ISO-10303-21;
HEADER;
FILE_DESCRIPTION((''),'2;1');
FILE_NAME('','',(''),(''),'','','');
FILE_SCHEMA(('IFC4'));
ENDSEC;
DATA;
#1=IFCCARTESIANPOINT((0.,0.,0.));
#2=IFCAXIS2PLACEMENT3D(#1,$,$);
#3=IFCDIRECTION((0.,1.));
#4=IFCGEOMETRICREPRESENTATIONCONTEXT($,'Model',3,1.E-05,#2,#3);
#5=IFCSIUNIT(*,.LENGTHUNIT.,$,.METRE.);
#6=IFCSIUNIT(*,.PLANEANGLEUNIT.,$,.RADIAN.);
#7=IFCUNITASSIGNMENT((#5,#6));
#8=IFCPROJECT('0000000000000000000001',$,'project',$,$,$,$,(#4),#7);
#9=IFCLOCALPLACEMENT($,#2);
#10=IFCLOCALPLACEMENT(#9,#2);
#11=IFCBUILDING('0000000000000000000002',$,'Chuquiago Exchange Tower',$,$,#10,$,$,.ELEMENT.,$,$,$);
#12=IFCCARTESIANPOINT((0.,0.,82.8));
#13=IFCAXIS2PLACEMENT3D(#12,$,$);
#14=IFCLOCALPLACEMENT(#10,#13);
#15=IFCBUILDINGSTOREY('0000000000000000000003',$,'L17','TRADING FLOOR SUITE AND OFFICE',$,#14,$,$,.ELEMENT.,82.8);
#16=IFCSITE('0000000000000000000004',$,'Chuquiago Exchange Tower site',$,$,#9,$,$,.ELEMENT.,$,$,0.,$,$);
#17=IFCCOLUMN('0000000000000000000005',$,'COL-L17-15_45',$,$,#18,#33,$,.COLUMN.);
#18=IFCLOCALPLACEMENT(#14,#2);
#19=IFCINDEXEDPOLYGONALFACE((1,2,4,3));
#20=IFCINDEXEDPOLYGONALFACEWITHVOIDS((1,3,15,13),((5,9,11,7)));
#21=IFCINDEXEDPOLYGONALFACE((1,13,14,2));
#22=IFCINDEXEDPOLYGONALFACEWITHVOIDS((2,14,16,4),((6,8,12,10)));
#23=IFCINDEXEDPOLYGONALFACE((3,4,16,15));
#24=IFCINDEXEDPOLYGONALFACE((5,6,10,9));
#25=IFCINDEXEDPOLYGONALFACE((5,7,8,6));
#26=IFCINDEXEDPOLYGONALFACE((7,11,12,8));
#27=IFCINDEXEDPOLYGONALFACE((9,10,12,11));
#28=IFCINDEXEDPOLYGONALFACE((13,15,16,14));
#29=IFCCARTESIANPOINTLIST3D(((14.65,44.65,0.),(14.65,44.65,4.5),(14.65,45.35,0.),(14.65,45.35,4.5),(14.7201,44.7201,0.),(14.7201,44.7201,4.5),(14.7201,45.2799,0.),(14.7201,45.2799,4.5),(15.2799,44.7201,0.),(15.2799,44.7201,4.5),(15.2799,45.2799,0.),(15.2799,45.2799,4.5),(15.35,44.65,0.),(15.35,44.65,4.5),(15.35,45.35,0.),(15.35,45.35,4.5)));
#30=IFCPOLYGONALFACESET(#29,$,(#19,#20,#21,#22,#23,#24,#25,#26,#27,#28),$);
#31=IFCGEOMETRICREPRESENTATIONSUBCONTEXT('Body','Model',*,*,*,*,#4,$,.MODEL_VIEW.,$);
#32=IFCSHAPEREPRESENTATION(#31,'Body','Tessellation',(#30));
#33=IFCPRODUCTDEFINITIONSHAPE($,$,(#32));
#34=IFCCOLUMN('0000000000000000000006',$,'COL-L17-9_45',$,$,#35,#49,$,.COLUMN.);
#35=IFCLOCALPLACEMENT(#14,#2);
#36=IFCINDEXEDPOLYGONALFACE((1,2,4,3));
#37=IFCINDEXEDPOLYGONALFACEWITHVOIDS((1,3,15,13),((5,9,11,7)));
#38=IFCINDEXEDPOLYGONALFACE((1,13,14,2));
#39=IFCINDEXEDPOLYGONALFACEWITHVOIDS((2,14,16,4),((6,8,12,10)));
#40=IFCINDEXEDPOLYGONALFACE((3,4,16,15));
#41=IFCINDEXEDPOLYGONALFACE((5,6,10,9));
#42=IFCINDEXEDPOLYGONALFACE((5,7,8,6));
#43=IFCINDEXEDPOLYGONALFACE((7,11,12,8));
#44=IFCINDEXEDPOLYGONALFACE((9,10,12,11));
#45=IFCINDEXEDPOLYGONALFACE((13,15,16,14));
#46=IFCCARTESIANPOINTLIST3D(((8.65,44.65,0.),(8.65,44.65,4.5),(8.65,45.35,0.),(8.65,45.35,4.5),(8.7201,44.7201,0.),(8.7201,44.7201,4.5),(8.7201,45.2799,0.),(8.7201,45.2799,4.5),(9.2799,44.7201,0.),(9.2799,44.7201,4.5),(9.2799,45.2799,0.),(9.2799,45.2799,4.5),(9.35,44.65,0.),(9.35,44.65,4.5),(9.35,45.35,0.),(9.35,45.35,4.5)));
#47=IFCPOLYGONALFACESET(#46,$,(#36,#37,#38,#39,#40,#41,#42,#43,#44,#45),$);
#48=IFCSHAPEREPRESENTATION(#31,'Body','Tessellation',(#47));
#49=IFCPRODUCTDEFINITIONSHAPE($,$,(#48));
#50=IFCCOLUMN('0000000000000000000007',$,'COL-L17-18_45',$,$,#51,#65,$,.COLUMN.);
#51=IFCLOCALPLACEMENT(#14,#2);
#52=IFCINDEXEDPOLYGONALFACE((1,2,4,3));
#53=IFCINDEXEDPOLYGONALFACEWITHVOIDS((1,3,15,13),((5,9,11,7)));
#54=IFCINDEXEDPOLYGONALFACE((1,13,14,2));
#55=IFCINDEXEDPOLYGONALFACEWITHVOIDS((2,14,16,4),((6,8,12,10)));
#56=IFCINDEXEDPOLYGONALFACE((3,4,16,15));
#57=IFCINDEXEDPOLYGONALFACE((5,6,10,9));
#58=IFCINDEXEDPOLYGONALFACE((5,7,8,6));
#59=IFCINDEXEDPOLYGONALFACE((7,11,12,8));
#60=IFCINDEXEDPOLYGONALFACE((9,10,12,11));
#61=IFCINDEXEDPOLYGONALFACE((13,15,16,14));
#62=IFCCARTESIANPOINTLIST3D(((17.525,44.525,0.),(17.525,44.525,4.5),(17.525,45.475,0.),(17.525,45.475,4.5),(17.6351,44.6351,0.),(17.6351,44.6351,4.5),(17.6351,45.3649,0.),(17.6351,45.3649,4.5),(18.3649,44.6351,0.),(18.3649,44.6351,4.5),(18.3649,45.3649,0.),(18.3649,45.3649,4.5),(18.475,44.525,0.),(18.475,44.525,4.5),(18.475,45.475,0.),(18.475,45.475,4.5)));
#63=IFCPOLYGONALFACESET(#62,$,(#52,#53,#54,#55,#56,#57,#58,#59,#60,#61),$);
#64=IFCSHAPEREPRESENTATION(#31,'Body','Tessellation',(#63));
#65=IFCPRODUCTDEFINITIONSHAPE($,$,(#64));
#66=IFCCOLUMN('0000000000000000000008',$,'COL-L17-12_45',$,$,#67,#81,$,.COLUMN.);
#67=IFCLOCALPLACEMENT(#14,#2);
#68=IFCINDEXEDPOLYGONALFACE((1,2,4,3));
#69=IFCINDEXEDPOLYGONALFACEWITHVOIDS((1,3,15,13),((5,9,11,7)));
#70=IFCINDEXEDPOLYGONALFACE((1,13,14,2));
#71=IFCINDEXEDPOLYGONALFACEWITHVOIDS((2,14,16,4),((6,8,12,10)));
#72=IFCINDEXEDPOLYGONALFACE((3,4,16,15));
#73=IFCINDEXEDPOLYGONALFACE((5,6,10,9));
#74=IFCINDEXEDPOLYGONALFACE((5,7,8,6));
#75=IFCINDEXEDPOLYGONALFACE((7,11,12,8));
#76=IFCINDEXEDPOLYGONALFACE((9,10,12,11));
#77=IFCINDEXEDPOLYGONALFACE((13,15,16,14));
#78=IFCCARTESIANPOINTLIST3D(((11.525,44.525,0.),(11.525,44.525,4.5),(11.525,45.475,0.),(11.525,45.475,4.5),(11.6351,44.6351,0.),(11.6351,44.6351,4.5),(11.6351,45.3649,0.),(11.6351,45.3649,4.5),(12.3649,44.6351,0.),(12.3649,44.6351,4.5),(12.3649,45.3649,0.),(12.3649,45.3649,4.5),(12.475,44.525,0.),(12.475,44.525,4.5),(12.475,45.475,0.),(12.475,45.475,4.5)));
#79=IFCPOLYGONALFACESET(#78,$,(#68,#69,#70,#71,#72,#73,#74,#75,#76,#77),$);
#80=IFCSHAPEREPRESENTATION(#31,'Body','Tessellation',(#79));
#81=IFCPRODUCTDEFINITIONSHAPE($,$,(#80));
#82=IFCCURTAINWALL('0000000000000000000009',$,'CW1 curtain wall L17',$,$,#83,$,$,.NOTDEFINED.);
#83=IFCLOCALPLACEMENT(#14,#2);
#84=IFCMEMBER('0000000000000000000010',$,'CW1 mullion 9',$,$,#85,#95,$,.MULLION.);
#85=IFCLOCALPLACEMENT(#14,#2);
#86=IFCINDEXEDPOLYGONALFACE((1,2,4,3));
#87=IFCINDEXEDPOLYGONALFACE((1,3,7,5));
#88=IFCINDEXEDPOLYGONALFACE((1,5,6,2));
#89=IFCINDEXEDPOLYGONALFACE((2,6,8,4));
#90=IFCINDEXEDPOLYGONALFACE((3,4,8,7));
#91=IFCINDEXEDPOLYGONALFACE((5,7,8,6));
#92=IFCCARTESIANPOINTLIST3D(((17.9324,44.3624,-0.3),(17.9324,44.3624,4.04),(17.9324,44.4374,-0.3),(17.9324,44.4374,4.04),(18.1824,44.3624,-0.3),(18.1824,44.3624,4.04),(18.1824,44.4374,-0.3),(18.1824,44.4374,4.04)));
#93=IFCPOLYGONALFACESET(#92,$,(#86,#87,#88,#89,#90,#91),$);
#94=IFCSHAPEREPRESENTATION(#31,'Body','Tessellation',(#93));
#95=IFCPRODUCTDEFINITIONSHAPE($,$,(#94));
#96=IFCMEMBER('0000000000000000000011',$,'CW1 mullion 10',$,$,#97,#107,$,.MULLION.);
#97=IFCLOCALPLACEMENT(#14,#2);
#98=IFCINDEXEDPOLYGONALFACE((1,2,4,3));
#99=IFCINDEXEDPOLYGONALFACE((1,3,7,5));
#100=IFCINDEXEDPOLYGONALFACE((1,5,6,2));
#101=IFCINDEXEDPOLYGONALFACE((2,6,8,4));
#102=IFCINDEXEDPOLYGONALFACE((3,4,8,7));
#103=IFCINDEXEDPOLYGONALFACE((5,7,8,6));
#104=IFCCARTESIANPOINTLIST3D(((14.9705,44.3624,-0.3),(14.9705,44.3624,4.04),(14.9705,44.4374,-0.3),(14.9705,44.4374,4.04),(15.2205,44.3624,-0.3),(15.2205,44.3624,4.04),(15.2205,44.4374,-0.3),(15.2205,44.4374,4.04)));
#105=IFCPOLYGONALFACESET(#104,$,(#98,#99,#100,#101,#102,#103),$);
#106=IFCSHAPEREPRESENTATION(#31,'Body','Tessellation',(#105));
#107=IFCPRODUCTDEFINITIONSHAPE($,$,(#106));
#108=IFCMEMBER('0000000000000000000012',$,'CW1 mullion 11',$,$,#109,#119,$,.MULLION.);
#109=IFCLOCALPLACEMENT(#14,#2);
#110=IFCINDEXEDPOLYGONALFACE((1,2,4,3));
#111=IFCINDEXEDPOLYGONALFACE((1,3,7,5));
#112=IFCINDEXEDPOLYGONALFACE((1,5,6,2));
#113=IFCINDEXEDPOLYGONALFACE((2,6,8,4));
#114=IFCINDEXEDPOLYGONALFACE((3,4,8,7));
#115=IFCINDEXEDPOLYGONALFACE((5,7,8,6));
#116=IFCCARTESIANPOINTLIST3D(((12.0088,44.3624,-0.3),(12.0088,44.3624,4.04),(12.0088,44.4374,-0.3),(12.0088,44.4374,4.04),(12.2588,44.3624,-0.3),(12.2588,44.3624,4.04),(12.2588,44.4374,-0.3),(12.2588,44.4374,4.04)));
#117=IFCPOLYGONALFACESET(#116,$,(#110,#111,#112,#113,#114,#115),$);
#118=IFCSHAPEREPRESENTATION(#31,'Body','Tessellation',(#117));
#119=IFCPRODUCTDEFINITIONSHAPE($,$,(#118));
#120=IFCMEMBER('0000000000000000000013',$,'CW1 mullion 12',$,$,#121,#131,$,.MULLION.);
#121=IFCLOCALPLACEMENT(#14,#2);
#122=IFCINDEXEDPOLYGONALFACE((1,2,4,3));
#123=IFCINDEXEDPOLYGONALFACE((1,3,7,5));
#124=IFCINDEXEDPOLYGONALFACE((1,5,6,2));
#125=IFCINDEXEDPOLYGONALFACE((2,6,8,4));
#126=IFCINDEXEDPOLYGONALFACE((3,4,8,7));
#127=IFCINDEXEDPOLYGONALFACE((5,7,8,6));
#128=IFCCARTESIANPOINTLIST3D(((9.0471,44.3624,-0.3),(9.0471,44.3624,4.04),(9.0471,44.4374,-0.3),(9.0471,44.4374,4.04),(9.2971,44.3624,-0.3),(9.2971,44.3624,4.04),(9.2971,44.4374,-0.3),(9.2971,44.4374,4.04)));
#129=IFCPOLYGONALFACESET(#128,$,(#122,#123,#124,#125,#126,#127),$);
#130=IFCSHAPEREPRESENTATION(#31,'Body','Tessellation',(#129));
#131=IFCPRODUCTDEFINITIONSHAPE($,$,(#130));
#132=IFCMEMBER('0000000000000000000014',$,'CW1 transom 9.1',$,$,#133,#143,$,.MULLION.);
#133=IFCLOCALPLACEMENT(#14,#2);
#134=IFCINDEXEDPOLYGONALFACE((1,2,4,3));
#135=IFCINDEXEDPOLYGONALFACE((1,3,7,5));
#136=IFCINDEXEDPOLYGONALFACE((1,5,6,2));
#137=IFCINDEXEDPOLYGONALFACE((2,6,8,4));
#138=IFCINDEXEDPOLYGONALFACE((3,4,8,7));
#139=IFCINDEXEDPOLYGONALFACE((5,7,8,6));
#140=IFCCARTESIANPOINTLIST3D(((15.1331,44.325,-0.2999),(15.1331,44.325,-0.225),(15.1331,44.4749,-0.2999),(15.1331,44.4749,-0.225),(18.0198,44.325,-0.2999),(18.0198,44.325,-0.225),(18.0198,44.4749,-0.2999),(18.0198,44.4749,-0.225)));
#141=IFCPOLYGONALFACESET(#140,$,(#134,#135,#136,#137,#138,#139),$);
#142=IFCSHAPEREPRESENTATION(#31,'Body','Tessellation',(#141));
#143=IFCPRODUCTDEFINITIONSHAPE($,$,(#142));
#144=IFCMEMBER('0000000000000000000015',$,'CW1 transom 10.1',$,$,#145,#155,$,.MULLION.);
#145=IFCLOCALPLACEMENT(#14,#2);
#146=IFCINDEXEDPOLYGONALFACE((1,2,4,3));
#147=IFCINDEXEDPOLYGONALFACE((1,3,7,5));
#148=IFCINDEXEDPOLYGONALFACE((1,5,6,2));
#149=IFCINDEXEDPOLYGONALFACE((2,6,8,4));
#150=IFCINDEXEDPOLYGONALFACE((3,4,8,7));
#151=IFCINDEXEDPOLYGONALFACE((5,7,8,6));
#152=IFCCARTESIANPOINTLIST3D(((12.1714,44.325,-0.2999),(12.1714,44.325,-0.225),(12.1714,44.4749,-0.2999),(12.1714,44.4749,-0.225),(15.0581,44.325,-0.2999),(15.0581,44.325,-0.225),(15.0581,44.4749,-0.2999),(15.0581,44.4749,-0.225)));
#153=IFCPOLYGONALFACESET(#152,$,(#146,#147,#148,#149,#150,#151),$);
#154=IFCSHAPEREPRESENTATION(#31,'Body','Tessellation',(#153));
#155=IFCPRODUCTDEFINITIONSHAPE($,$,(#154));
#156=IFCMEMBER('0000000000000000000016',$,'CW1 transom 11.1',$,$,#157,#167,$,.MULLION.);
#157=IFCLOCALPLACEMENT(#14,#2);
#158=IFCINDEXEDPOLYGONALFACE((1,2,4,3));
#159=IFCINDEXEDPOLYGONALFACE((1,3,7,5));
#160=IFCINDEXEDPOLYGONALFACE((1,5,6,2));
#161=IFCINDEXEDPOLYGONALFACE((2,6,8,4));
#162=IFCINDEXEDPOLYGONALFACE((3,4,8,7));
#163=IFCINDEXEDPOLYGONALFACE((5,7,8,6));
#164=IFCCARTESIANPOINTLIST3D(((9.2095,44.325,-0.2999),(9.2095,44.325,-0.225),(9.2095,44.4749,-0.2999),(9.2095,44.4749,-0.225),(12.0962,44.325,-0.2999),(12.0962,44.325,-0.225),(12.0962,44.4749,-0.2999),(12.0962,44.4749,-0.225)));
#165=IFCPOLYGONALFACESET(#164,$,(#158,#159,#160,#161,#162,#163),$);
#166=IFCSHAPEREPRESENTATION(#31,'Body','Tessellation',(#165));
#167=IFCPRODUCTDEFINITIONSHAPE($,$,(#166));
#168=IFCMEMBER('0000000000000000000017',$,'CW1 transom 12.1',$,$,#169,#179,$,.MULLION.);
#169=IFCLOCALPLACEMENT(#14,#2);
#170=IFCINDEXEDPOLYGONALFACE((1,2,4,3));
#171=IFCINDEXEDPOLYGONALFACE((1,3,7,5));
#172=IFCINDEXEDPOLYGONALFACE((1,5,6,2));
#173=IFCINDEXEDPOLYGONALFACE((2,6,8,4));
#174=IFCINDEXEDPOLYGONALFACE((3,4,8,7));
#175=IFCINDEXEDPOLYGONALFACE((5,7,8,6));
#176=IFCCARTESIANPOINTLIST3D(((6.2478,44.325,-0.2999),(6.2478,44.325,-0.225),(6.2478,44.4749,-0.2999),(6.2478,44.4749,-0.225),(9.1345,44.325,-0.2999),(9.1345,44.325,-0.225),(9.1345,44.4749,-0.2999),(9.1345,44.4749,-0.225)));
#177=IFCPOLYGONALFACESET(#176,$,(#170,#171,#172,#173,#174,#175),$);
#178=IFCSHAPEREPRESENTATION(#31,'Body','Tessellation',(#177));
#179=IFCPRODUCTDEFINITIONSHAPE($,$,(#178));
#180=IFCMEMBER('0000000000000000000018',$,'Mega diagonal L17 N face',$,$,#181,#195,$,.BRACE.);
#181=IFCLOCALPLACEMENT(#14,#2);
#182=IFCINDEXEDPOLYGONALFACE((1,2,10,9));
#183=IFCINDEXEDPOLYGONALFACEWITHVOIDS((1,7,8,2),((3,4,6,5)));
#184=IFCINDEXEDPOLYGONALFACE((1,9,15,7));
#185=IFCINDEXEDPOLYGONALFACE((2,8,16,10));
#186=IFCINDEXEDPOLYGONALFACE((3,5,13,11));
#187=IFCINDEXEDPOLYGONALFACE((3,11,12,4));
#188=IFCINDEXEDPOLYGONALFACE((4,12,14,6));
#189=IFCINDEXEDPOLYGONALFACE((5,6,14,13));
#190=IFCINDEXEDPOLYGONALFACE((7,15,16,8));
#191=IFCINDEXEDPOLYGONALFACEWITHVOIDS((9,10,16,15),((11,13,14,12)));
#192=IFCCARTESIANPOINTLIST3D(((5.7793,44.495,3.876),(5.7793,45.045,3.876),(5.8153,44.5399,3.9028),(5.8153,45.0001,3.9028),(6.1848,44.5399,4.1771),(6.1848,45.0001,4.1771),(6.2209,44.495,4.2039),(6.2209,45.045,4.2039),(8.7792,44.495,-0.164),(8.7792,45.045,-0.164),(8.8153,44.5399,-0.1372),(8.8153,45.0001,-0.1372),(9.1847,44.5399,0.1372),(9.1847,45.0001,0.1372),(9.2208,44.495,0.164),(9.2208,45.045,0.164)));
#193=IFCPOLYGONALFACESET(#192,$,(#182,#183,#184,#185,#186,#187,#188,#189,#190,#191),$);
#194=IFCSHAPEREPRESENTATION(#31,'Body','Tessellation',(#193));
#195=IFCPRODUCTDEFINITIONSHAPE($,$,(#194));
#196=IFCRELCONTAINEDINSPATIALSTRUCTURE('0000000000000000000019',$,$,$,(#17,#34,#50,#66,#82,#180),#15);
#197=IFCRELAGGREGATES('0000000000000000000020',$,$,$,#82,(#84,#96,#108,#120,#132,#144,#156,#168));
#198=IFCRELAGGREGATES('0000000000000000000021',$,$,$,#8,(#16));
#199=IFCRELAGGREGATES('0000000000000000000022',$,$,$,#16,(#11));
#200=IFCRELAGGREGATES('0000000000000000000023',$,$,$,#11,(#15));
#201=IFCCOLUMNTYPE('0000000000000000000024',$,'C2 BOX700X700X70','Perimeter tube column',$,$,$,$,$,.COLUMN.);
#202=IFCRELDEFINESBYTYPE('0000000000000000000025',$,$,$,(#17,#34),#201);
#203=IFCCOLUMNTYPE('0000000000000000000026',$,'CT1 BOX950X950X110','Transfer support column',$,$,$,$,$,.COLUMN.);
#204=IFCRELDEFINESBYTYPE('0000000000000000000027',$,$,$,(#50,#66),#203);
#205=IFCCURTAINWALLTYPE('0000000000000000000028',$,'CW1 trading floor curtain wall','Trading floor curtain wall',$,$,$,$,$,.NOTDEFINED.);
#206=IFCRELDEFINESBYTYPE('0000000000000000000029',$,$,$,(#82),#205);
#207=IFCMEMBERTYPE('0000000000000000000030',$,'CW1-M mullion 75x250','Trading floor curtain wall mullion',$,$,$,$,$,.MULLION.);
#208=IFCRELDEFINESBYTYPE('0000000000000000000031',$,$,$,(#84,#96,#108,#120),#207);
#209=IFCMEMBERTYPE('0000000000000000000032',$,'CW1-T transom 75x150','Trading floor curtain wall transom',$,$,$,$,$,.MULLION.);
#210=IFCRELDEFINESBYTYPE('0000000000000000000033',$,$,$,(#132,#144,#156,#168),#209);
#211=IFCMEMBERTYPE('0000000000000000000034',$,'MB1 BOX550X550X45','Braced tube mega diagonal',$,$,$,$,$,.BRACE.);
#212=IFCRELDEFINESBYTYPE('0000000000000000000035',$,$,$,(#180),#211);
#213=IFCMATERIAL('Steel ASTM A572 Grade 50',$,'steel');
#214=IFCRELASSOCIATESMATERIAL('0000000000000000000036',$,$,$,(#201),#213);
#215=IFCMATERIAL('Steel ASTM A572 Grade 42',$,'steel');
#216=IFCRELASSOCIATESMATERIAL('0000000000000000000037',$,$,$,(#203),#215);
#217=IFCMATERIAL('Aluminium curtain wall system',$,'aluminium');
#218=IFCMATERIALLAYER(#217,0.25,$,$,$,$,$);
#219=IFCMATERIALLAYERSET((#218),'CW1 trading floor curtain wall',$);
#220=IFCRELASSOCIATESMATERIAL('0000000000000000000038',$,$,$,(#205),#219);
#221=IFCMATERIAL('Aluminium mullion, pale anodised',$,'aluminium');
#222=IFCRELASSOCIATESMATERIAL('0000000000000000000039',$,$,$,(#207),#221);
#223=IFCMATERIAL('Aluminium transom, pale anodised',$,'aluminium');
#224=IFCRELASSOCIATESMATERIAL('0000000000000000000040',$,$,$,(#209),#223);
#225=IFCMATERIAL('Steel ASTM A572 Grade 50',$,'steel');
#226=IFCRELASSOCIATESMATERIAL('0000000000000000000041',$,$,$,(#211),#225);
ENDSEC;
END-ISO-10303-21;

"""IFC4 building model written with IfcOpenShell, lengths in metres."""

from ifc_helpers import new_model, si_unit, direction, frame, origin, origin_2d, place, context, subcontext, project, spatial, rectangle, hollow_rectangle, extrude, material, layer, layer_set, material_profile, profile_set, type_object, element, aggregate, save


model = new_model("IFC4")

# Units and contexts
model_context = context("Model", 3, precision=1e-05, world=origin(), true_north=direction((0.0, 1.0)))
body_context = subcontext(model_context, "Body", "Model", "MODEL_VIEW")
ifc_project = project(units=[si_unit("LENGTHUNIT", "METRE"), si_unit("PLANEANGLEUNIT", "RADIAN")], contexts=[model_context])

# Site, building, storey
site_placement = place(None, origin())
site = spatial("IfcSite", under=ifc_project, at=site_placement, Name="Chuquiago Exchange Tower site", CompositionType="ELEMENT", RefElevation=0.0)
building_placement = place(site_placement, origin())
building = spatial("IfcBuilding", under=site, at=building_placement, Name="Chuquiago Exchange Tower", CompositionType="ELEMENT")
storey_placement = place(building_placement, frame((0.0, 0.0, 82.8)))
storey = spatial("IfcBuildingStorey", under=building, at=storey_placement, Name="L17", Description="TRADING FLOOR SUITE AND OFFICE", CompositionType="ELEMENT", Elevation=82.8)

# Columns
ifc_material_1 = material(Name="Steel ASTM A572 Grade 50", Category="steel")
ifc_material_profile_1 = material_profile(ifc_material_1, hollow_rectangle(XDim=0.7, YDim=0.7, WallThickness=0.0701, at=origin_2d()), Name="BOX700X700X70")
ifc_profile_set_1 = profile_set([ifc_material_profile_1], Name="Steel ASTM A572 Grade 50")
column_type_1 = type_object("IfcColumnType", Name="C2 BOX700X700X70", Description="Perimeter tube column", PredefinedType="COLUMN", material=ifc_profile_set_1)
for number, where, z_axis, x_axis, name in (
    (1, (15.0, 45.0, 0.0), (0.0, 0.0, 1.0), (0.0, 1.0, 0.0), "COL-L17-15_45"),
    (2, (9.0, 45.0, 0.0), (0.0, 0.0, 1.0), (0.0, 1.0, 0.0), "COL-L17-9_45"),
):
    element("IfcColumn", number, at=place(storey_placement, frame(where, z_axis=z_axis, x_axis=x_axis)), inside=storey, type_object=column_type_1, Name=name, PredefinedType="COLUMN", context=body_context, shape_type="SweptSolid", body=[
        extrude(hollow_rectangle(XDim=0.7, YDim=0.7, WallThickness=0.0701, at=origin_2d()), origin(), (0.0, 0.0, 1.0), 4.5),
    ])
ifc_material_2 = material(Name="Steel ASTM A572 Grade 42", Category="steel")
ifc_material_profile_2 = material_profile(ifc_material_2, hollow_rectangle(XDim=0.95, YDim=0.95, WallThickness=0.1101, at=origin_2d()), Name="BOX950X950X110")
ifc_profile_set_2 = profile_set([ifc_material_profile_2], Name="Steel ASTM A572 Grade 42")
column_type_2 = type_object("IfcColumnType", Name="CT1 BOX950X950X110", Description="Transfer support column", PredefinedType="COLUMN", material=ifc_profile_set_2)
for number, where, z_axis, x_axis, name in (
    (3, (18.0, 45.0, 0.0), (0.0, 0.0, 1.0), (0.0, 1.0, 0.0), "COL-L17-18_45"),
    (4, (12.0, 45.0, 0.0), (0.0, 0.0, 1.0), (0.0, 1.0, 0.0), "COL-L17-12_45"),
):
    element("IfcColumn", number, at=place(storey_placement, frame(where, z_axis=z_axis, x_axis=x_axis)), inside=storey, type_object=column_type_2, Name=name, PredefinedType="COLUMN", context=body_context, shape_type="SweptSolid", body=[
        extrude(hollow_rectangle(XDim=0.95, YDim=0.95, WallThickness=0.1101, at=origin_2d()), origin(), (0.0, 0.0, 1.0), 4.5),
    ])

# Curtain wall, members
ifc_material_3 = material(Name="Aluminium curtain wall system", Category="aluminium")
ifc_layer_1 = layer(ifc_material_3, 0.25)
ifc_layer_set_1 = layer_set([ifc_layer_1], Name="CW1 trading floor curtain wall")
curtain_wall_type = type_object("IfcCurtainWallType", Name="CW1 trading floor curtain wall", Description="Trading floor curtain wall", PredefinedType="NOTDEFINED", material=ifc_layer_set_1)
curtain_wall_placement = place(storey_placement, origin())
curtain_wall = element("IfcCurtainWall", 5, at=curtain_wall_placement, inside=storey, type_object=curtain_wall_type, Name="CW1 curtain wall L17", PredefinedType="NOTDEFINED")
ifc_material_4 = material(Name="Aluminium mullion, pale anodised", Category="aluminium")
ifc_material_profile_3 = material_profile(ifc_material_4, rectangle(XDim=0.075, YDim=0.25, at=origin_2d()), Name="AL 75x250")
ifc_profile_set_3 = profile_set([ifc_material_profile_3], Name="Aluminium mullion, pale anodised")
member_type_1 = type_object("IfcMemberType", Name="CW1-M mullion 75x250", Description="Trading floor curtain wall mullion", PredefinedType="MULLION", material=ifc_profile_set_3)
member_1_placement = place(storey_placement, frame((18.0574, 44.3999, -0.3), z_axis=(0.0, 0.0, 1.0), x_axis=(0.0, -1.0, 0.0)))
member_1 = element("IfcMember", 6, at=member_1_placement, type_object=member_type_1, Name="CW1 mullion 9", PredefinedType="MULLION", context=body_context, shape_type="SweptSolid", body=[
    extrude(rectangle(XDim=0.075, YDim=0.25, at=origin_2d()), origin(), (0.0, 0.0, 1.0), 4.3401),
])
member_2_placement = place(storey_placement, frame((15.0955, 44.3999, -0.3), z_axis=(0.0, 0.0, 1.0), x_axis=(0.0, -1.0, 0.0)))
member_2 = element("IfcMember", 7, at=member_2_placement, type_object=member_type_1, Name="CW1 mullion 10", PredefinedType="MULLION", context=body_context, shape_type="SweptSolid", body=[
    extrude(rectangle(XDim=0.075, YDim=0.25, at=origin_2d()), origin(), (0.0, 0.0, 1.0), 4.3401),
])
member_3_placement = place(storey_placement, frame((12.1338, 44.3999, -0.3), z_axis=(0.0, 0.0, 1.0), x_axis=(0.0, -1.0, 0.0)))
member_3 = element("IfcMember", 8, at=member_3_placement, type_object=member_type_1, Name="CW1 mullion 11", PredefinedType="MULLION", context=body_context, shape_type="SweptSolid", body=[
    extrude(rectangle(XDim=0.075, YDim=0.25, at=origin_2d()), origin(), (0.0, 0.0, 1.0), 4.3401),
])
member_4_placement = place(storey_placement, frame((9.1721, 44.3999, -0.3), z_axis=(0.0, 0.0, 1.0), x_axis=(0.0, -1.0, 0.0)))
member_4 = element("IfcMember", 9, at=member_4_placement, type_object=member_type_1, Name="CW1 mullion 12", PredefinedType="MULLION", context=body_context, shape_type="SweptSolid", body=[
    extrude(rectangle(XDim=0.075, YDim=0.25, at=origin_2d()), origin(), (0.0, 0.0, 1.0), 4.3401),
])
ifc_material_5 = material(Name="Aluminium transom, pale anodised", Category="aluminium")
ifc_material_profile_4 = material_profile(ifc_material_5, rectangle(XDim=0.1499, YDim=0.075, at=origin_2d()), Name="AL 150x75")
ifc_profile_set_4 = profile_set([ifc_material_profile_4], Name="Aluminium transom, pale anodised")
member_type_2 = type_object("IfcMemberType", Name="CW1-T transom 75x150", Description="Trading floor curtain wall transom", PredefinedType="MULLION", material=ifc_profile_set_4)
member_5_placement = place(storey_placement, frame((18.0198, 44.3999, -0.2625), z_axis=(-1.0, 0.0, 0.0), x_axis=(0.0, -1.0, 0.0)))
member_5 = element("IfcMember", 10, at=member_5_placement, type_object=member_type_2, Name="CW1 transom 9.1", PredefinedType="MULLION", context=body_context, shape_type="SweptSolid", body=[
    extrude(rectangle(XDim=0.1499, YDim=0.075, at=origin_2d()), origin(), (0.0, 0.0, 1.0), 2.8867),
])
member_6_placement = place(storey_placement, frame((15.0581, 44.3999, -0.2625), z_axis=(-1.0, 0.0, 0.0), x_axis=(0.0, -1.0, 0.0)))
member_6 = element("IfcMember", 11, at=member_6_placement, type_object=member_type_2, Name="CW1 transom 10.1", PredefinedType="MULLION", context=body_context, shape_type="SweptSolid", body=[
    extrude(rectangle(XDim=0.1499, YDim=0.075, at=origin_2d()), origin(), (0.0, 0.0, 1.0), 2.8867),
])
member_7_placement = place(storey_placement, frame((12.0962, 44.3999, -0.2625), z_axis=(-1.0, 0.0, 0.0), x_axis=(0.0, -1.0, 0.0)))
member_7 = element("IfcMember", 12, at=member_7_placement, type_object=member_type_2, Name="CW1 transom 11.1", PredefinedType="MULLION", context=body_context, shape_type="SweptSolid", body=[
    extrude(rectangle(XDim=0.1499, YDim=0.075, at=origin_2d()), origin(), (0.0, 0.0, 1.0), 2.8867),
])
member_8_placement = place(storey_placement, frame((9.1345, 44.3999, -0.2625), z_axis=(-1.0, 0.0, 0.0), x_axis=(0.0, -1.0, 0.0)))
member_8 = element("IfcMember", 13, at=member_8_placement, type_object=member_type_2, Name="CW1 transom 12.1", PredefinedType="MULLION", context=body_context, shape_type="SweptSolid", body=[
    extrude(rectangle(XDim=0.1499, YDim=0.075, at=origin_2d()), origin(), (0.0, 0.0, 1.0), 2.8867),
])

# Member
ifc_material_6 = material(Name="Steel ASTM A572 Grade 50", Category="steel")
ifc_material_profile_5 = material_profile(ifc_material_6, hollow_rectangle(XDim=0.55, YDim=0.55, WallThickness=0.0449, at=origin_2d()), Name="BOX550X550X45")
ifc_profile_set_5 = profile_set([ifc_material_profile_5], Name="Steel ASTM A572 Grade 50")
member_type_3 = type_object("IfcMemberType", Name="MB1 BOX550X550X45", Description="Braced tube mega diagonal", PredefinedType="BRACE", material=ifc_profile_set_5)
member_9_placement = place(storey_placement, frame((9.0, 44.77, 0.0), z_axis=(-0.596174, 0.0, 0.802855), x_axis=(0.0, -1.0, 0.0)))
element("IfcMember", 14, at=member_9_placement, inside=storey, type_object=member_type_3, Name="Mega diagonal L17 N face", PredefinedType="BRACE", context=body_context, shape_type="SweptSolid", body=[
    extrude(hollow_rectangle(XDim=0.55, YDim=0.55, WallThickness=0.0449, at=origin_2d()), origin(), (0.0, 0.0, 1.0), 5.032),
])

aggregate(curtain_wall, [member_1, member_2, member_3, member_4, member_5, member_6, member_7, member_8])

save(model, "model.ifc")
